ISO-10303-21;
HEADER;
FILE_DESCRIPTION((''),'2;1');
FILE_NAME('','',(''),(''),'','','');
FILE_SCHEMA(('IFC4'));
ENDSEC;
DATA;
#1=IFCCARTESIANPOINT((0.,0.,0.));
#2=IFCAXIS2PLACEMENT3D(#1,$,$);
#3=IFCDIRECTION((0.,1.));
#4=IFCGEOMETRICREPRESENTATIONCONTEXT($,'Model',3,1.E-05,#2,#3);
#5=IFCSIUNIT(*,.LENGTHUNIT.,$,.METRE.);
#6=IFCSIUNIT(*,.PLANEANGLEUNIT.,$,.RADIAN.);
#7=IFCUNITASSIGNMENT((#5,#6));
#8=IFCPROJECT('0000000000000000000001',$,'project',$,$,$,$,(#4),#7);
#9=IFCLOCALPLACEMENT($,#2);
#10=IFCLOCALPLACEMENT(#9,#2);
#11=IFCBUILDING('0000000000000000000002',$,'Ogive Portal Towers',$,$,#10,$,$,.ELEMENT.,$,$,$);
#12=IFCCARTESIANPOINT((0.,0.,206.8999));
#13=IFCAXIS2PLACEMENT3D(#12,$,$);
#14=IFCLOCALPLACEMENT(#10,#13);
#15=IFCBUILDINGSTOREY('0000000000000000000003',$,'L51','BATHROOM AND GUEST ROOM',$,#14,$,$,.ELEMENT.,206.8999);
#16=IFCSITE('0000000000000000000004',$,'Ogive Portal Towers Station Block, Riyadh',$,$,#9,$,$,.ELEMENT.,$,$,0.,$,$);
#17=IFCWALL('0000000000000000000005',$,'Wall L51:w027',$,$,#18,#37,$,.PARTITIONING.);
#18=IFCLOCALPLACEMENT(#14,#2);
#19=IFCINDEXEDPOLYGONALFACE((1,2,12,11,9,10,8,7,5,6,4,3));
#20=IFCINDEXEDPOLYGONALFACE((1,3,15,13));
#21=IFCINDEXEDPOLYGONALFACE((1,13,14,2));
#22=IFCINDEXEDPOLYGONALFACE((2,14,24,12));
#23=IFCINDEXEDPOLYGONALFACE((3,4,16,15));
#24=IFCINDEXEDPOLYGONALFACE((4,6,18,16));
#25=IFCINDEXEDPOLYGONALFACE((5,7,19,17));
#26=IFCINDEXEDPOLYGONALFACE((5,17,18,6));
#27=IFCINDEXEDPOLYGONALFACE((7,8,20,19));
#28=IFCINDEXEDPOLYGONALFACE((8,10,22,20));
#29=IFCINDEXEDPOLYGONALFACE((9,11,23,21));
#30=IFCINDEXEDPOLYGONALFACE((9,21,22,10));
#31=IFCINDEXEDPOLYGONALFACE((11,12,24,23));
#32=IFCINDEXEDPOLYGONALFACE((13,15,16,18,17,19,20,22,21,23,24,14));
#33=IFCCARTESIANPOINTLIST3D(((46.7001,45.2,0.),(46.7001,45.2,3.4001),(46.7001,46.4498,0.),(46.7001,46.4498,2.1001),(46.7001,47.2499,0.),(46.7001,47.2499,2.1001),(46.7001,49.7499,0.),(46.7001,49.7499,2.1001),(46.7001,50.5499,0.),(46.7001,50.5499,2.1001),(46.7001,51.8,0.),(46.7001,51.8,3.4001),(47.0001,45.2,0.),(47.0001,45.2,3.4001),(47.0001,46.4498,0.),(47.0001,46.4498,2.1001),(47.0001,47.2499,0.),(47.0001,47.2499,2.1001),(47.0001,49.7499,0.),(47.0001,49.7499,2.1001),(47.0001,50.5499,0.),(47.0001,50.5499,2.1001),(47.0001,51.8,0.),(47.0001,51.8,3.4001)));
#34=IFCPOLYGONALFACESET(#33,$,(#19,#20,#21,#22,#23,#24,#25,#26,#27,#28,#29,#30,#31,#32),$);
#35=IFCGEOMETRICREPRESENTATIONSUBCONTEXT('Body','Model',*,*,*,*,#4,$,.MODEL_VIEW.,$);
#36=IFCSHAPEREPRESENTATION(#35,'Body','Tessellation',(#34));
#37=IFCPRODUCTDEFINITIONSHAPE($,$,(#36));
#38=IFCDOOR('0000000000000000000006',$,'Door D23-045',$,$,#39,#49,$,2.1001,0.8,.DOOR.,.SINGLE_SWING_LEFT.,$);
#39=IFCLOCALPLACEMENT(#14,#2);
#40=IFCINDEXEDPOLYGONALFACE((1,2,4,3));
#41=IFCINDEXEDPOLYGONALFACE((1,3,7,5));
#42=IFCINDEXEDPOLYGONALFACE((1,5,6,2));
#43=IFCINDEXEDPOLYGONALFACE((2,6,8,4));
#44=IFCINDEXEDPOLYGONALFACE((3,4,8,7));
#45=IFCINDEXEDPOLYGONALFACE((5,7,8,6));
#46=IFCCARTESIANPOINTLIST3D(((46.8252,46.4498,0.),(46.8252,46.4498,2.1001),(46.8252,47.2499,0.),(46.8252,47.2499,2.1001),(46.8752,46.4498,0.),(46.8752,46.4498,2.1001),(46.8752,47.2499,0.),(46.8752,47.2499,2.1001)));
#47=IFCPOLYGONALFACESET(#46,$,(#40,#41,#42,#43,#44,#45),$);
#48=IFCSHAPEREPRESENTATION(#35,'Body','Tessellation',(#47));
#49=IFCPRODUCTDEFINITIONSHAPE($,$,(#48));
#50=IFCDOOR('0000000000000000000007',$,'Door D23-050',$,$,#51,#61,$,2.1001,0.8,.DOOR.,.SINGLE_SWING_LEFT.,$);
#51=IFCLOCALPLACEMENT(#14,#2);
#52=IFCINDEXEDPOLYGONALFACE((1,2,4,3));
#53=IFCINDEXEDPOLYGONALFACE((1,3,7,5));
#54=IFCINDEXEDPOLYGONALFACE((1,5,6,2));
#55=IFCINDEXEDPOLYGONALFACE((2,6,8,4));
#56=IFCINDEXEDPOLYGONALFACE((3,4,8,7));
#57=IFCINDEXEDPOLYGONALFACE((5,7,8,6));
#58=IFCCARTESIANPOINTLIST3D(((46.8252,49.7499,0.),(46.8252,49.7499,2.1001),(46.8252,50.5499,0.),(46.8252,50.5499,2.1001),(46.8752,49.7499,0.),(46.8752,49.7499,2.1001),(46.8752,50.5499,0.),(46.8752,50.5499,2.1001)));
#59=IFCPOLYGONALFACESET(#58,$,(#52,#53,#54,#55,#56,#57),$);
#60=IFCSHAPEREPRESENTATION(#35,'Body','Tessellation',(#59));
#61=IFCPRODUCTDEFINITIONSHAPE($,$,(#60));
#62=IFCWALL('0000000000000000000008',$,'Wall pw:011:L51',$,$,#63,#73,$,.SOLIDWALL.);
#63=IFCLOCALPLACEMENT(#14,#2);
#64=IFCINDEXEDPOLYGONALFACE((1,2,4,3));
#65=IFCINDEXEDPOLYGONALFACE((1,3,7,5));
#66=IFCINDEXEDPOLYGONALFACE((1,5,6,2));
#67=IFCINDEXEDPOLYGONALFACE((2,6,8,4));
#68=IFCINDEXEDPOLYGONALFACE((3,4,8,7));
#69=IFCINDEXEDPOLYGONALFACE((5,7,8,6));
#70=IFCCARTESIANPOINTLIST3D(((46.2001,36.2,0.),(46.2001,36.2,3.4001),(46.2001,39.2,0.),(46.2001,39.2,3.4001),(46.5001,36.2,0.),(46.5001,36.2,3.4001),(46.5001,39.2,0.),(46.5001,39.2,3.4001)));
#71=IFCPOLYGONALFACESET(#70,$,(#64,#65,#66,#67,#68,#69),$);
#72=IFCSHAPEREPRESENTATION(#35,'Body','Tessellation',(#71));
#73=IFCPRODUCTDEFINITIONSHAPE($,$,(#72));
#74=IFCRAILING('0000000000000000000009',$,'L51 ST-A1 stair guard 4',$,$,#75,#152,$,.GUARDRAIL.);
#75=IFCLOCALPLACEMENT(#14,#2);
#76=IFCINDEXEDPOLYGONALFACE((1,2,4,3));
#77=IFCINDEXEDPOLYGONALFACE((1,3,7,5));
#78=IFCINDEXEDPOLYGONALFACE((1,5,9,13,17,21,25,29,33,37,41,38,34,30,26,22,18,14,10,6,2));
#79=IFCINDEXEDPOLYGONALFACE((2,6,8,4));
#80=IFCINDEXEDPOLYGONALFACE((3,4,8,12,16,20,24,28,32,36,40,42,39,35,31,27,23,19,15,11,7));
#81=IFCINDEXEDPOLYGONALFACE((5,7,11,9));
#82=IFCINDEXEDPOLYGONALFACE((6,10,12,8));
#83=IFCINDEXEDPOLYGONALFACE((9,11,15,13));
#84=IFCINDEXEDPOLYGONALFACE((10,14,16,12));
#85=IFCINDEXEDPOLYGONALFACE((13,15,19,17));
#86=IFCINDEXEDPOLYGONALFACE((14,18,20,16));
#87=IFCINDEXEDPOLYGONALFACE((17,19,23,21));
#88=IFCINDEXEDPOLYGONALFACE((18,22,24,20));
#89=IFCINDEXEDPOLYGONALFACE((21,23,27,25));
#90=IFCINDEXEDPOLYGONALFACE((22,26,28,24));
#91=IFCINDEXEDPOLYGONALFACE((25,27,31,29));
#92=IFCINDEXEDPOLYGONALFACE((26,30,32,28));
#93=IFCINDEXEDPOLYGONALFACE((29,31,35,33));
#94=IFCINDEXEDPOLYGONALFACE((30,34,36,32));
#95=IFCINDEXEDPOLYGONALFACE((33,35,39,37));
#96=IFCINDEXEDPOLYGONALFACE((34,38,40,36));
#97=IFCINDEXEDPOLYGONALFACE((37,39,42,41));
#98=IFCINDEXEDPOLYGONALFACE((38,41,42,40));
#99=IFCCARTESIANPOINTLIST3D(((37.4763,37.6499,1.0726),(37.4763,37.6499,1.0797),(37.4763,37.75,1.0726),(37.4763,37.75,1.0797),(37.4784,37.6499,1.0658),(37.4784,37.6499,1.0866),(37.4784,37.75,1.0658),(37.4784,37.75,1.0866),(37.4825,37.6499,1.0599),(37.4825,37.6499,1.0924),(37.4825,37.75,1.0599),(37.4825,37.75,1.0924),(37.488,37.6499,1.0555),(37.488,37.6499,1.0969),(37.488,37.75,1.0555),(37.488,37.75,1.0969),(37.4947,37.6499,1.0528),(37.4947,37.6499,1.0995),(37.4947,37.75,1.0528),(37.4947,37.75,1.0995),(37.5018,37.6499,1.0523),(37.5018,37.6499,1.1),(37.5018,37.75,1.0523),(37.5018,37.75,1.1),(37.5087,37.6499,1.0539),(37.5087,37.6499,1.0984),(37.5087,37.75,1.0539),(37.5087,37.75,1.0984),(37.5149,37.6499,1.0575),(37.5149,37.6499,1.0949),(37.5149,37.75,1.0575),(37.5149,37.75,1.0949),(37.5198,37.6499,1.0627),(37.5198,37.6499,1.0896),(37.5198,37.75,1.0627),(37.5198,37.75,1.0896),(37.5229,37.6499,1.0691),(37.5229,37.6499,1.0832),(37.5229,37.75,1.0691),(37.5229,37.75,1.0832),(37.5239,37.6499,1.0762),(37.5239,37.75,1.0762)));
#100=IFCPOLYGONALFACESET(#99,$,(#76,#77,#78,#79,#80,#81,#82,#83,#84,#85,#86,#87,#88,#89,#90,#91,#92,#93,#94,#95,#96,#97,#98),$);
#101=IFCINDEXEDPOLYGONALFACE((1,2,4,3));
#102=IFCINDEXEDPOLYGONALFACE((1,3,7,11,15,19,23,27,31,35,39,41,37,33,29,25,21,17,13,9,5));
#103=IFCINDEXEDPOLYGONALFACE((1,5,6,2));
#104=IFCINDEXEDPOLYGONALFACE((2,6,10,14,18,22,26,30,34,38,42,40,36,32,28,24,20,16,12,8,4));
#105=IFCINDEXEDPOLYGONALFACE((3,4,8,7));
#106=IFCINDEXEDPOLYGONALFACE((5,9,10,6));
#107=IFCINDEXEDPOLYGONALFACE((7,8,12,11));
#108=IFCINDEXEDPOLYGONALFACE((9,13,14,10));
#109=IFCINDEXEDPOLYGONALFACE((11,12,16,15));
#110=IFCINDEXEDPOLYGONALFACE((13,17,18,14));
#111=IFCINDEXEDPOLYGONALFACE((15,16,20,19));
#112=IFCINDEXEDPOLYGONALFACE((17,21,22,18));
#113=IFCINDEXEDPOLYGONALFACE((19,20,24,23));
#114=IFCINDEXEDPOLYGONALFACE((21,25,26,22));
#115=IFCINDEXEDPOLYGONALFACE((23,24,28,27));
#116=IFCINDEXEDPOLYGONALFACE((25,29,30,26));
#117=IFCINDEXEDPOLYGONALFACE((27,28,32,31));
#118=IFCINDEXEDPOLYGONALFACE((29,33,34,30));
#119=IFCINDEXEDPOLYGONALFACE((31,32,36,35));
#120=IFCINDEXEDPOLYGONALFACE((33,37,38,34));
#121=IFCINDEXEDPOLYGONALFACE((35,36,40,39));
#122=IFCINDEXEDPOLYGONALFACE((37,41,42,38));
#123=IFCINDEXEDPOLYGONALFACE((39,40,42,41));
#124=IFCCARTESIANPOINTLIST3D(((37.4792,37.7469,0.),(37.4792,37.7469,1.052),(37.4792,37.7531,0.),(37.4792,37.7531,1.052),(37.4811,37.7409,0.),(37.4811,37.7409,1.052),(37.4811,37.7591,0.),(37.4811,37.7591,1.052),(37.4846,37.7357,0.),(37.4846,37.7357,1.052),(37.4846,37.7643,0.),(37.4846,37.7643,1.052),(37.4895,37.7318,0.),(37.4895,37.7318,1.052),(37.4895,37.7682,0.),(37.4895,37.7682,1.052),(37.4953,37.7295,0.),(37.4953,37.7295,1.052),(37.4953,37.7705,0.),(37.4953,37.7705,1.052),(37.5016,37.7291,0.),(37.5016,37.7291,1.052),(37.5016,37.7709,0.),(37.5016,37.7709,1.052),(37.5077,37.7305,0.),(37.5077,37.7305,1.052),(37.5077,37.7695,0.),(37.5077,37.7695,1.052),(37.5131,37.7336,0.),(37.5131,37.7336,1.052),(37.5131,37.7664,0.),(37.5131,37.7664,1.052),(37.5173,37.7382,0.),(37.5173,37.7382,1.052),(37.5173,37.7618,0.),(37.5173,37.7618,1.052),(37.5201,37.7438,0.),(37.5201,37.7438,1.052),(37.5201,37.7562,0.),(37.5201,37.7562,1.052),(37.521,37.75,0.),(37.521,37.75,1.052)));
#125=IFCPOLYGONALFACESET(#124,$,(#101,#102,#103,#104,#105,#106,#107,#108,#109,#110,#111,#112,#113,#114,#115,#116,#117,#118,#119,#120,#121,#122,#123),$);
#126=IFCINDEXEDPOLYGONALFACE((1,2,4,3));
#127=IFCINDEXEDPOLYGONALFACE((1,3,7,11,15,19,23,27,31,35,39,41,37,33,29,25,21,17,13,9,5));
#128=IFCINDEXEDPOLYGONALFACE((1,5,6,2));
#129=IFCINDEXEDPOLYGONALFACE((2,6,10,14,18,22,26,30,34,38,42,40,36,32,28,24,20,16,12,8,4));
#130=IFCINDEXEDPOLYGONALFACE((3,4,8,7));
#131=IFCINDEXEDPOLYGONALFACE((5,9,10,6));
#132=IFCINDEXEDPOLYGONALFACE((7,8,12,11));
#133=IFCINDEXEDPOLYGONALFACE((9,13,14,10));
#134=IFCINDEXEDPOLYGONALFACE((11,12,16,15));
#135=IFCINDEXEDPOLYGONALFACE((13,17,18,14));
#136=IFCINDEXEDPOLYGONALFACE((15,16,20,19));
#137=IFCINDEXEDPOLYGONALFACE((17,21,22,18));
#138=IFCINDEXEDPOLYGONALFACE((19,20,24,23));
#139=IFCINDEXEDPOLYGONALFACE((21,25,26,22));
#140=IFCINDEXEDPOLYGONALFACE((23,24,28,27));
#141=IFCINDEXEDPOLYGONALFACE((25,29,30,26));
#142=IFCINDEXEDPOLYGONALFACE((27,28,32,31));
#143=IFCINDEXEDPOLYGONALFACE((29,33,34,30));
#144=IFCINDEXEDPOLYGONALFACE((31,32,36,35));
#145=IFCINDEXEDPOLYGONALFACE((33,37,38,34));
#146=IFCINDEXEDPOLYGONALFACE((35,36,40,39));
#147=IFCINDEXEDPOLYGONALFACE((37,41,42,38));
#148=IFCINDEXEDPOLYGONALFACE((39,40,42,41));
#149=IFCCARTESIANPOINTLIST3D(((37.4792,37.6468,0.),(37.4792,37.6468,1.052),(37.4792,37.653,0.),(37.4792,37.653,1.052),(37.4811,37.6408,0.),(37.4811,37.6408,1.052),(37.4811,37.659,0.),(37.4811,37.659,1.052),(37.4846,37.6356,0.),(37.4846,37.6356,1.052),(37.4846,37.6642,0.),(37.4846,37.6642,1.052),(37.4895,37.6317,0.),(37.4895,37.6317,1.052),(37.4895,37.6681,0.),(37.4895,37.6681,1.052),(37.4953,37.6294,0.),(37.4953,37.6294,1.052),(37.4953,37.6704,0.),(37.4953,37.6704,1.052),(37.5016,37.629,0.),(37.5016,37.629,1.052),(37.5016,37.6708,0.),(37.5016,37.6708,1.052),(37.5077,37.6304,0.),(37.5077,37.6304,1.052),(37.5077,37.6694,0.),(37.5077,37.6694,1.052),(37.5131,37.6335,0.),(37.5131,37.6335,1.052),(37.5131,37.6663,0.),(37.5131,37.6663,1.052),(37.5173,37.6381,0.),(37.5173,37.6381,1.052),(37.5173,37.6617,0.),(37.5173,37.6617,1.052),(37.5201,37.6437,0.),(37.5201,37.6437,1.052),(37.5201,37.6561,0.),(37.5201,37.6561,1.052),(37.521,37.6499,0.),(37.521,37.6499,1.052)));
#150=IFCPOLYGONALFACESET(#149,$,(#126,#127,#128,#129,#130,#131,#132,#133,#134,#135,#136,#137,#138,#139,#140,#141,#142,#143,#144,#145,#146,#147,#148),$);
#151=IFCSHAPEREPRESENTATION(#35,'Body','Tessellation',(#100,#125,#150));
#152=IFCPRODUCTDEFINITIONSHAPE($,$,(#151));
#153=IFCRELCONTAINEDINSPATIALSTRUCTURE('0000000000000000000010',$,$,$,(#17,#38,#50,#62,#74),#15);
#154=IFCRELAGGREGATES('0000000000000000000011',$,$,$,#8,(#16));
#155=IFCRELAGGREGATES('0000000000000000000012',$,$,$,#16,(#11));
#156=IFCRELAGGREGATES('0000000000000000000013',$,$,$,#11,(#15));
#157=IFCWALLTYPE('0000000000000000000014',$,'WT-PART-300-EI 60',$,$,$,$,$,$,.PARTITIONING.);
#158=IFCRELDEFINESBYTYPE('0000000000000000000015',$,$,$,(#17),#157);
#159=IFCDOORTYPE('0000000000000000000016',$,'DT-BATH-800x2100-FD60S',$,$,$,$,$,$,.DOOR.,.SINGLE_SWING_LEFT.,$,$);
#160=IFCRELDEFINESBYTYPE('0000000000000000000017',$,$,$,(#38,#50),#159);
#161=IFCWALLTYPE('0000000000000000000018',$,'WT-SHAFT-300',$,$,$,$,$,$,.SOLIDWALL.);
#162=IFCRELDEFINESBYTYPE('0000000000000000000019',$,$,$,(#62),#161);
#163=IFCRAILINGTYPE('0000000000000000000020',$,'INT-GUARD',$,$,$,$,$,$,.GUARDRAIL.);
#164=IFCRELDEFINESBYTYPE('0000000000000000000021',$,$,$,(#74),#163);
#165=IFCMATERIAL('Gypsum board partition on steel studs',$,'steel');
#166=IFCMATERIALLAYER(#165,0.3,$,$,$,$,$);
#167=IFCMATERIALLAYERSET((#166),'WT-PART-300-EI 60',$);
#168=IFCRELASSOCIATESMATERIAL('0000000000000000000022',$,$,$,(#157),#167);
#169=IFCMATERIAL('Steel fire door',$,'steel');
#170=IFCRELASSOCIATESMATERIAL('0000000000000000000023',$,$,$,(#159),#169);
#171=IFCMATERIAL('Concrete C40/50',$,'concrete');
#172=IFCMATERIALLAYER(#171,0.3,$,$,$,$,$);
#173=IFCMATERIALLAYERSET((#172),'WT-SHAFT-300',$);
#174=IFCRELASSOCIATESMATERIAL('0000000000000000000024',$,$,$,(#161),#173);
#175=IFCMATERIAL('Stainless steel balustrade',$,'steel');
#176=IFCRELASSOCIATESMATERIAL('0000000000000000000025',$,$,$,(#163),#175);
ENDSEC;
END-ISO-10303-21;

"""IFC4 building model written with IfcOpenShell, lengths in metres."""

from ifc_helpers import new_model, si_unit, direction, frame, frame_2d, origin, origin_2d, place, context, subcontext, project, spatial, rectangle, circle, extrude, material, layer, layer_set, type_object, element, fill, save


model = new_model("IFC4")

# Units and contexts
model_context = context("Model", 3, precision=1e-05, world=origin(), true_north=direction((0.0, 1.0)))
body_context = subcontext(model_context, "Body", "Model", "MODEL_VIEW")
ifc_project = project(units=[si_unit("LENGTHUNIT", "METRE"), si_unit("PLANEANGLEUNIT", "RADIAN")], contexts=[model_context])

# Site, building, storey
site_placement = place(None, origin())
site = spatial("IfcSite", under=ifc_project, at=site_placement, Name="Ogive Portal Towers Station Block, Riyadh", CompositionType="ELEMENT", RefElevation=0.0)
building_placement = place(site_placement, origin())
building = spatial("IfcBuilding", under=site, at=building_placement, Name="Ogive Portal Towers", CompositionType="ELEMENT")
storey_placement = place(building_placement, frame((0.0, 0.0, 206.8999)))
storey = spatial("IfcBuildingStorey", under=building, at=storey_placement, Name="L51", Description="BATHROOM AND GUEST ROOM", CompositionType="ELEMENT", Elevation=206.8999)

# Shared definitions
ifc_material_1 = material(Name="Steel fire door", Category="steel")

# Shared definitions
ifc_material_2 = material(Name="Gypsum board partition on steel studs", Category="steel")
ifc_layer_1 = layer(ifc_material_2, 0.3)
ifc_layer_set_1 = layer_set([ifc_layer_1], Name="WT-PART-300-EI 60")
wall_type_1 = type_object("IfcWallType", Name="WT-PART-300-EI 60", PredefinedType="PARTITIONING", material=ifc_layer_set_1)

# Wall, openings, doors
wall_1_placement = place(storey_placement, frame((46.8501, 45.2, 0.0), z_axis=(0.0, 0.0, 1.0), x_axis=(0.0, 1.0, 0.0)))
wall_1 = element("IfcWall", 1, at=wall_1_placement, inside=storey, type_object=wall_type_1, Name="Wall L51:w027", PredefinedType="PARTITIONING", context=body_context, shape_type="SweptSolid", body=[
    extrude(rectangle(XDim=6.6001, YDim=0.3, at=frame_2d((3.3, 0.0))), origin(), (0.0, 0.0, 1.0), 3.4001),
])
opening_1_placement = place(wall_1_placement, frame((1.25, 0.0, 0.0)))
opening_1 = element("IfcOpeningElement", 2, at=opening_1_placement, cuts=wall_1, PredefinedType="OPENING", context=body_context, shape_type="SweptSolid", body=[
    extrude(rectangle(XDim=0.8, YDim=2.1001, at=frame_2d((0.3999, 1.05))), frame((0.0, 0.1602, 0.0), z_axis=(0.0, -1.0, 0.0), x_axis=(1.0, 0.0, 0.0)), (0.0, 0.0, 1.0), 0.3201),
])
opening_2_placement = place(wall_1_placement, frame((4.55, 0.0, 0.0)))
opening_2 = element("IfcOpeningElement", 3, at=opening_2_placement, cuts=wall_1, PredefinedType="OPENING", context=body_context, shape_type="SweptSolid", body=[
    extrude(rectangle(XDim=0.8, YDim=2.1001, at=frame_2d((0.3999, 1.05))), frame((0.0, 0.1602, 0.0), z_axis=(0.0, -1.0, 0.0), x_axis=(1.0, 0.0, 0.0)), (0.0, 0.0, 1.0), 0.3201),
])
door_type_1 = type_object("IfcDoorType", Name="DT-BATH-800x2100-FD60S", OperationType="SINGLE_SWING_LEFT", PredefinedType="DOOR", material=ifc_material_1)
door_1_placement = place(opening_1_placement, origin())
door_1 = element("IfcDoor", 4, at=door_1_placement, inside=storey, type_object=door_type_1, Name="Door D23-045", OperationType="SINGLE_SWING_LEFT", OverallHeight=2.1001, OverallWidth=0.8, PredefinedType="DOOR", context=body_context, shape_type="SweptSolid", body=[
    extrude(rectangle(XDim=0.8, YDim=2.1001, at=frame_2d((0.3999, 1.05))), frame((0.0, 0.0249, 0.0), z_axis=(0.0, -1.0, 0.0), x_axis=(1.0, 0.0, 0.0)), (0.0, 0.0, 1.0), 0.05),
])
fill(opening_1, door_1)
door_2_placement = place(opening_2_placement, origin())
door_2 = element("IfcDoor", 5, at=door_2_placement, inside=storey, type_object=door_type_1, Name="Door D23-050", OperationType="SINGLE_SWING_LEFT", OverallHeight=2.1001, OverallWidth=0.8, PredefinedType="DOOR", context=body_context, shape_type="SweptSolid", body=[
    extrude(rectangle(XDim=0.8, YDim=2.1001, at=frame_2d((0.3999, 1.05))), frame((0.0, 0.0249, 0.0), z_axis=(0.0, -1.0, 0.0), x_axis=(1.0, 0.0, 0.0)), (0.0, 0.0, 1.0), 0.05),
])
fill(opening_2, door_2)

# Wall
ifc_material_3 = material(Name="Concrete C40/50", Category="concrete")
ifc_layer_2 = layer(ifc_material_3, 0.3)
ifc_layer_set_2 = layer_set([ifc_layer_2], Name="WT-SHAFT-300")
wall_type_2 = type_object("IfcWallType", Name="WT-SHAFT-300", PredefinedType="SOLIDWALL", material=ifc_layer_set_2)
wall_2_placement = place(storey_placement, frame((46.3501, 36.2, 0.0), z_axis=(0.0, 0.0, 1.0), x_axis=(0.0, 1.0, 0.0)))
element("IfcWall", 6, at=wall_2_placement, inside=storey, type_object=wall_type_2, Name="Wall pw:011:L51", PredefinedType="SOLIDWALL", context=body_context, shape_type="SweptSolid", body=[
    extrude(rectangle(XDim=3.0, YDim=0.3, at=frame_2d((1.5, 0.0))), origin(), (0.0, 0.0, 1.0), 3.4001),
])

# Railing
ifc_material_4 = material(Name="Stainless steel balustrade", Category="steel")
railing_type = type_object("IfcRailingType", Name="INT-GUARD", PredefinedType="GUARDRAIL", material=ifc_material_4)
railing_placement = place(storey_placement, frame((37.5, 37.75, 0.0)))
element("IfcRailing", 7, at=railing_placement, inside=storey, type_object=railing_type, Name="L51 ST-A1 stair guard 4", PredefinedType="GUARDRAIL", context=body_context, shape_type="SweptSolid", body=[
    extrude(circle(Radius=0.0239, at=origin_2d()), frame((0.0, 0.0, 1.0762), z_axis=(0.0, -1.0, 0.0), x_axis=(1.0, 0.0, 0.0)), (0.0, 0.0, 1.0), 0.1001),
    extrude(circle(Radius=0.021, at=origin_2d()), origin(), (0.0, 0.0, 1.0), 1.052),
    extrude(circle(Radius=0.021, at=origin_2d()), frame((0.0, -0.1001, 0.0)), (0.0, 0.0, 1.0), 1.052),
])

save(model, "model.ifc")
